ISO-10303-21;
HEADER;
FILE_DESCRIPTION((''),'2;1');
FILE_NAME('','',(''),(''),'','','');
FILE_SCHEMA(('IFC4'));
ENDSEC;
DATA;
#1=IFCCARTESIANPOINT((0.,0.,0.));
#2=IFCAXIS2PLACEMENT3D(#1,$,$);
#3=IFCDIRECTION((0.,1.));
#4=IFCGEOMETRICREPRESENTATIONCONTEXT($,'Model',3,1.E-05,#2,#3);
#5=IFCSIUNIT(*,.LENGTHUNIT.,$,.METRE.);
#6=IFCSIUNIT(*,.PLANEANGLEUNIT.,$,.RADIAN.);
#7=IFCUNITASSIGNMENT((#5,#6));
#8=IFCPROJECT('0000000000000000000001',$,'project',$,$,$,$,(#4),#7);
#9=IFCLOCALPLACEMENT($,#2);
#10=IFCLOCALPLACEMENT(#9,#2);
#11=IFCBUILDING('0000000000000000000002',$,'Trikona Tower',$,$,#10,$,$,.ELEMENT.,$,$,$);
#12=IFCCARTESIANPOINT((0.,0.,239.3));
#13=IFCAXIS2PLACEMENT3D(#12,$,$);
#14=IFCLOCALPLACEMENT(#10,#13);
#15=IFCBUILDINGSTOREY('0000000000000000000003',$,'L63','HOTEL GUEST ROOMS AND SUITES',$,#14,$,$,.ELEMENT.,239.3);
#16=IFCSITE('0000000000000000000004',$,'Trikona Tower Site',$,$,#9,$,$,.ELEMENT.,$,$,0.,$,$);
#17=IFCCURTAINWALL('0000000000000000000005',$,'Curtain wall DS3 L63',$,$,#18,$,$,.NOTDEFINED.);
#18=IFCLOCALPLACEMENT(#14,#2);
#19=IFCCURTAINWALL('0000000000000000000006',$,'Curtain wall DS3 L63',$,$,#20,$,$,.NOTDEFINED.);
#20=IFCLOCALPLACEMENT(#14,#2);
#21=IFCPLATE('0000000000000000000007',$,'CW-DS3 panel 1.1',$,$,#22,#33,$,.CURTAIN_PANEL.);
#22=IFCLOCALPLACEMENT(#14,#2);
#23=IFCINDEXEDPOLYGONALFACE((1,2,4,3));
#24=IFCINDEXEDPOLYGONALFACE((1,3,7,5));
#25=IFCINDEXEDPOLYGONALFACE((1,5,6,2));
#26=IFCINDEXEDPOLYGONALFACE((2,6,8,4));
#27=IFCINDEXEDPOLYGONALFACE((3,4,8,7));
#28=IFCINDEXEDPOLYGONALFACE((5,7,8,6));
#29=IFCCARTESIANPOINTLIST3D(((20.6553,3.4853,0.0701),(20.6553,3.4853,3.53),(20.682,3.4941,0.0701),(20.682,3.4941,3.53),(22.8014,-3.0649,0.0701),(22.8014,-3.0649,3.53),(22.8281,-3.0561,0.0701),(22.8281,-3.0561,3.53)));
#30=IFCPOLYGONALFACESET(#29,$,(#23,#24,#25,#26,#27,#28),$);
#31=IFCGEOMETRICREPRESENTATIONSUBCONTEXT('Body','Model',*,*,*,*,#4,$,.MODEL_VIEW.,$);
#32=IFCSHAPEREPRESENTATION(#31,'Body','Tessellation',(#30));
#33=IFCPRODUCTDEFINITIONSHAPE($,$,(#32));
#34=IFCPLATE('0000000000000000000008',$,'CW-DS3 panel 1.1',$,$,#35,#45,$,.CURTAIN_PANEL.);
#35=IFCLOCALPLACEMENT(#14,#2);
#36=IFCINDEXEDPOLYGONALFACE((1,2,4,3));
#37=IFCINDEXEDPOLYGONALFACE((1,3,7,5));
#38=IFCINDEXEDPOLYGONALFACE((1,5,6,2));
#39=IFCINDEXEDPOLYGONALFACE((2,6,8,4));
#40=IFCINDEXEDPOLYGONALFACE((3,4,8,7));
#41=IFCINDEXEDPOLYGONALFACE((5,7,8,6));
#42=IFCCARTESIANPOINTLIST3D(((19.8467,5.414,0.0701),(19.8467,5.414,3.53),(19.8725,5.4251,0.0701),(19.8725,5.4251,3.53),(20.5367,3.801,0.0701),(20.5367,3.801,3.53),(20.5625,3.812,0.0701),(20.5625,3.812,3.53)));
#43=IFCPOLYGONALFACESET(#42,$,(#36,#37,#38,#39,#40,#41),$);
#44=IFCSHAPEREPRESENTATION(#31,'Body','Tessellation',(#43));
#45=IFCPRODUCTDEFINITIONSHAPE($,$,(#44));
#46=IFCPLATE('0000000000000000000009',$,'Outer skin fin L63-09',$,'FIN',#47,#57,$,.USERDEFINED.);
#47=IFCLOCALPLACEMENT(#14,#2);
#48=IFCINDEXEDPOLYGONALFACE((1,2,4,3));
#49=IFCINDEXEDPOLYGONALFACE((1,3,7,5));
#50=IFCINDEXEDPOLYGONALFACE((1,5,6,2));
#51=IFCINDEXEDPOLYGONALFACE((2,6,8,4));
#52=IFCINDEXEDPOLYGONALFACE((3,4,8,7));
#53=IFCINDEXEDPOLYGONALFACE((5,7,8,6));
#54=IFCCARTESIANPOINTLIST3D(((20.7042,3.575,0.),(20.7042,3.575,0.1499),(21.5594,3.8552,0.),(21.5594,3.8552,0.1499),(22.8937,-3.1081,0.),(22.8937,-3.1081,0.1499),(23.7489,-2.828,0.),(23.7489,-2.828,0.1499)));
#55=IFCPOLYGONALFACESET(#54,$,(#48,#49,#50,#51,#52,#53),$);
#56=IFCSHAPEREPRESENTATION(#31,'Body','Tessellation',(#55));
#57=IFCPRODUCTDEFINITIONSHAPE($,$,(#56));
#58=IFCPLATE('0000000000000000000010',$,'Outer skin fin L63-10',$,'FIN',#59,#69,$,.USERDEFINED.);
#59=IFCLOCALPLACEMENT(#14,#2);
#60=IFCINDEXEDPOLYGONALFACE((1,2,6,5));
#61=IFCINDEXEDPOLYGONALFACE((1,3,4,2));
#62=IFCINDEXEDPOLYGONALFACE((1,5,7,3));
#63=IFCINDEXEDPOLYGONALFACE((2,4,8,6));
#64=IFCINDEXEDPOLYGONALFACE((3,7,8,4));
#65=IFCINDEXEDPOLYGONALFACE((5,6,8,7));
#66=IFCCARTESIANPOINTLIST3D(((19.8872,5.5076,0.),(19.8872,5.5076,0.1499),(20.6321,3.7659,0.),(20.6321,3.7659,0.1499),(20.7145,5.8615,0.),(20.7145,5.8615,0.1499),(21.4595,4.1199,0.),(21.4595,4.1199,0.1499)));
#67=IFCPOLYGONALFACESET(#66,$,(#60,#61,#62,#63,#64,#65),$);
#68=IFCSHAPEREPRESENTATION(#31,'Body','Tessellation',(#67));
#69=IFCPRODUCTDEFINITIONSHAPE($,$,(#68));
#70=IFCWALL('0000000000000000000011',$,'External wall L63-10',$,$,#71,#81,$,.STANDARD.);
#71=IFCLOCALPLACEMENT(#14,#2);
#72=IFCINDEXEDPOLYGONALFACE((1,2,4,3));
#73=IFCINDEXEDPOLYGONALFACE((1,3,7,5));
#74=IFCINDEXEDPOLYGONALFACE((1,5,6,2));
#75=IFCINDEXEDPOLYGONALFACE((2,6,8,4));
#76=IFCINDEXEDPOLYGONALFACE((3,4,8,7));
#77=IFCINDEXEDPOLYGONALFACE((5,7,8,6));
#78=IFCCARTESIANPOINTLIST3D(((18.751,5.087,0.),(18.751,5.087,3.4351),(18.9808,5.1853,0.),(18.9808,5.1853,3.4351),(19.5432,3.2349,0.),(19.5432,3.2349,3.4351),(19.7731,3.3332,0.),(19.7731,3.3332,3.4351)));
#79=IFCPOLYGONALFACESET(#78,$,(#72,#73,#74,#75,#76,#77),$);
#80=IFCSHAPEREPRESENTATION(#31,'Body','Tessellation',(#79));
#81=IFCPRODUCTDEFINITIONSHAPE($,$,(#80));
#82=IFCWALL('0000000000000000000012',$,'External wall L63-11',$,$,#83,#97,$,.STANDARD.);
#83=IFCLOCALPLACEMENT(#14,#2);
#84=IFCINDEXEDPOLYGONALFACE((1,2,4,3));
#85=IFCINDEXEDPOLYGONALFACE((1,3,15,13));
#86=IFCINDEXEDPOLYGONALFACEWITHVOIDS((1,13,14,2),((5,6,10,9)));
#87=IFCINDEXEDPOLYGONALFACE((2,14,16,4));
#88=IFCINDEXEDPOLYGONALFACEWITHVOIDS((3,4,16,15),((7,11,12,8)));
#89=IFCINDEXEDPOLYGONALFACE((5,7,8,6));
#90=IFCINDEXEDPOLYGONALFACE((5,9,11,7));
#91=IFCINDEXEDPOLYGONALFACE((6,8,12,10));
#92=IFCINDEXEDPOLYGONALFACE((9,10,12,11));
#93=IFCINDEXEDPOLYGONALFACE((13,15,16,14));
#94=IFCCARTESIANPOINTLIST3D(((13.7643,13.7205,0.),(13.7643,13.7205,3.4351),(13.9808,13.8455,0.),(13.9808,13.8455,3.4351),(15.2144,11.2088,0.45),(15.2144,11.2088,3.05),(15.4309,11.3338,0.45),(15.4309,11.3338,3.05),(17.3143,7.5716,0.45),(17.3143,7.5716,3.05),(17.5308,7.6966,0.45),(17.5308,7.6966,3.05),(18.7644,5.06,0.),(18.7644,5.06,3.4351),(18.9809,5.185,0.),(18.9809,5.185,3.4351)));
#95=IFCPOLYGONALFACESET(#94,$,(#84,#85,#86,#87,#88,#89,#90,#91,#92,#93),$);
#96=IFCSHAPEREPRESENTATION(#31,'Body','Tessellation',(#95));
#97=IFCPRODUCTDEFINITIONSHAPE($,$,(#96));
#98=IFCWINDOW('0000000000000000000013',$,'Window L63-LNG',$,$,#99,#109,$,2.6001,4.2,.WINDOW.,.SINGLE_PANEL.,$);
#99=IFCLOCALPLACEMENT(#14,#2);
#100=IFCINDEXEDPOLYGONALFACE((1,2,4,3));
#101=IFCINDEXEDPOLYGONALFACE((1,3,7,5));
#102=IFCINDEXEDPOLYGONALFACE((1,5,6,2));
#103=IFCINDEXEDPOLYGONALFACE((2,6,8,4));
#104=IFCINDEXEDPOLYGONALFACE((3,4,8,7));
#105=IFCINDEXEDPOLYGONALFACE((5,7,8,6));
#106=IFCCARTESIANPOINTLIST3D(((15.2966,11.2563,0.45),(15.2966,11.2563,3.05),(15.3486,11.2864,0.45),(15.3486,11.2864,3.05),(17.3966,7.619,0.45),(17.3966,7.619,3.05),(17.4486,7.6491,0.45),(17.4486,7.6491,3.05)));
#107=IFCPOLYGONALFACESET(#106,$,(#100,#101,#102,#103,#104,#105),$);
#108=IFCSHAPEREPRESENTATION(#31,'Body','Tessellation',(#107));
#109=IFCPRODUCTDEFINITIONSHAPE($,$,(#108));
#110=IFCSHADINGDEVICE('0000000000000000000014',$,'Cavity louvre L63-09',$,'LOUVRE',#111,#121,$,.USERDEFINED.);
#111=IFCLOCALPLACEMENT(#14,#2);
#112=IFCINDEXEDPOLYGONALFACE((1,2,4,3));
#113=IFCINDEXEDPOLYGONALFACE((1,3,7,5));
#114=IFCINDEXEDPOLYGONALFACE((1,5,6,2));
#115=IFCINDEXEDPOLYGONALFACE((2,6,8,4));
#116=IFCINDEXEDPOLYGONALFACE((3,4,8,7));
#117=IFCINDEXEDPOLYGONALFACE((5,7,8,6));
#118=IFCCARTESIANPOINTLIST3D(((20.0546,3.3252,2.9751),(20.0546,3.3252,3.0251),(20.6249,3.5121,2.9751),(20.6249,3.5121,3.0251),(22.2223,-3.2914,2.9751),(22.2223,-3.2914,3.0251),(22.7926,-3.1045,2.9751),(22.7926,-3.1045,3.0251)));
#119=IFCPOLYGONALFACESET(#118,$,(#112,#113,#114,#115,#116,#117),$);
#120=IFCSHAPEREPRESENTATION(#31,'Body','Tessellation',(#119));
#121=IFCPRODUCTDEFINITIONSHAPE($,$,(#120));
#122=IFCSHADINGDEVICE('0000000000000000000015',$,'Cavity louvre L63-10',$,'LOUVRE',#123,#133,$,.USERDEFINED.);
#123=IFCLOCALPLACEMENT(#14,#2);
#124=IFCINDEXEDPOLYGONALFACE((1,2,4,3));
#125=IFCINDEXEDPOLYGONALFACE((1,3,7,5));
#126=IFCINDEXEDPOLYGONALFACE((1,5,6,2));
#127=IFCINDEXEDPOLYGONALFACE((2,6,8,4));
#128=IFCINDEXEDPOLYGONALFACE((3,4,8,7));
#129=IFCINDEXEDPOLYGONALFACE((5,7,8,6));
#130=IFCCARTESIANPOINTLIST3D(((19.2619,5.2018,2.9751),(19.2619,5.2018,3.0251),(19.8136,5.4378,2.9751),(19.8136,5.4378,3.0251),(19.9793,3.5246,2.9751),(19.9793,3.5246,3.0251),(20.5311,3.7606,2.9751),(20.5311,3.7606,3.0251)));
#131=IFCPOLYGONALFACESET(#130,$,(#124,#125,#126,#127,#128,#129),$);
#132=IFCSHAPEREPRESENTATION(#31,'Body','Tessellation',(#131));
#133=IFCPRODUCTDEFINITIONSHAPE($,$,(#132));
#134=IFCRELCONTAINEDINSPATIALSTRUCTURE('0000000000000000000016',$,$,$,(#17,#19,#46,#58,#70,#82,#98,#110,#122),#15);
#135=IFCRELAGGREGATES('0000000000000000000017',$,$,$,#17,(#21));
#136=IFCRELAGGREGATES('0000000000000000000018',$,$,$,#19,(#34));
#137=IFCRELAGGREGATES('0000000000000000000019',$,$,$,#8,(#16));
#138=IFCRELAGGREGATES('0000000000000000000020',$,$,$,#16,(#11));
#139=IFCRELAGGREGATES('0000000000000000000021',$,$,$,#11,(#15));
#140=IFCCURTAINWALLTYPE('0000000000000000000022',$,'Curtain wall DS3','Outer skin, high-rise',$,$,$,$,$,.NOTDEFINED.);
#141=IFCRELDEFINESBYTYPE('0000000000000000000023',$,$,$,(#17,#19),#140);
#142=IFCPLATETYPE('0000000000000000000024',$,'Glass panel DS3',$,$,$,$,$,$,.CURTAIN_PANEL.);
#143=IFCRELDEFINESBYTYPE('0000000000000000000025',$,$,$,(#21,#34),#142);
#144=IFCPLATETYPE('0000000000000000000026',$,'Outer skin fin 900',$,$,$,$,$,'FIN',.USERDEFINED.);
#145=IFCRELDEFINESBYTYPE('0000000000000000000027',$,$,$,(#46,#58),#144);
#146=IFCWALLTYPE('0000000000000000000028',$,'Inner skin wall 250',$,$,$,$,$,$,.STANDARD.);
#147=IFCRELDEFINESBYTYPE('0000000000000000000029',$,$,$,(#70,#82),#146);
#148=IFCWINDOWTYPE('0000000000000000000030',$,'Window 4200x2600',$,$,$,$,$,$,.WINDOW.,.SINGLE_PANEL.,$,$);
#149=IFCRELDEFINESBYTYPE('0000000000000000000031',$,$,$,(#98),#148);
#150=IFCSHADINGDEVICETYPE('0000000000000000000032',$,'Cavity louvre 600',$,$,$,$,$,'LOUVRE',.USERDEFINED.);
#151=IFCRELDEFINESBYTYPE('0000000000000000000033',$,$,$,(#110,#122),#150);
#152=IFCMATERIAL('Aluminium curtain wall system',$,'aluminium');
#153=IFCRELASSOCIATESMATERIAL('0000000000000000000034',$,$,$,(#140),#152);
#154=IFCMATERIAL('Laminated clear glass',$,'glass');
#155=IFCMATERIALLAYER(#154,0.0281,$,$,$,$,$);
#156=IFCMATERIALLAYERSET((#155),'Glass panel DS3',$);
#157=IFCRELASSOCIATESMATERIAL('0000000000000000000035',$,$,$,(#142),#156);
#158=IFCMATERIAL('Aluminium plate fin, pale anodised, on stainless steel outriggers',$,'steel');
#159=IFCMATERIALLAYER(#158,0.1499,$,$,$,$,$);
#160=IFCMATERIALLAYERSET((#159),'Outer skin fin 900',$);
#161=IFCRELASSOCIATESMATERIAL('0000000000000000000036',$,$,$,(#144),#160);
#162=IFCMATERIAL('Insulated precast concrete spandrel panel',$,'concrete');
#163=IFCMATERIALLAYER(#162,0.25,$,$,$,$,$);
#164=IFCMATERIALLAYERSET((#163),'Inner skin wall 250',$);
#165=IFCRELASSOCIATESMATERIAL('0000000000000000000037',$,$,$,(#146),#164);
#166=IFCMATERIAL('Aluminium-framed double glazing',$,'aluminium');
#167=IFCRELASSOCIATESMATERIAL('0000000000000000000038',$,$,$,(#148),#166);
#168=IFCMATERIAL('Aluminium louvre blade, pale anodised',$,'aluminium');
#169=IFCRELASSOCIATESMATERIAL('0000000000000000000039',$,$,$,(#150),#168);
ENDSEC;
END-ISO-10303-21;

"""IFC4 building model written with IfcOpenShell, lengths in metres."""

from ifc_helpers import new_model, si_unit, direction, frame, frame_2d, origin, origin_2d, place, context, subcontext, project, spatial, rectangle, extrude, material, layer, layer_set, type_object, element, fill, aggregate, save


model = new_model("IFC4")

# Units and contexts
model_context = context("Model", 3, precision=1e-05, world=origin(), true_north=direction((0.0, 1.0)))
body_context = subcontext(model_context, "Body", "Model", "MODEL_VIEW")
ifc_project = project(units=[si_unit("LENGTHUNIT", "METRE"), si_unit("PLANEANGLEUNIT", "RADIAN")], contexts=[model_context])

# Site, building, storey
site_placement = place(None, origin())
site = spatial("IfcSite", under=ifc_project, at=site_placement, Name="Trikona Tower Site", CompositionType="ELEMENT", RefElevation=0.0)
building_placement = place(site_placement, origin())
building = spatial("IfcBuilding", under=site, at=building_placement, Name="Trikona Tower", CompositionType="ELEMENT")
storey_placement = place(building_placement, frame((0.0, 0.0, 239.3)))
storey = spatial("IfcBuildingStorey", under=building, at=storey_placement, Name="L63", Description="HOTEL GUEST ROOMS AND SUITES", CompositionType="ELEMENT", Elevation=239.3)

# Curtain wall
ifc_material_1 = material(Name="Aluminium curtain wall system", Category="aluminium")
curtain_wall_type = type_object("IfcCurtainWallType", Name="Curtain wall DS3", Description="Outer skin, high-rise", PredefinedType="NOTDEFINED", material=ifc_material_1)
curtain_wall_1_placement = place(storey_placement, origin())
curtain_wall_1 = element("IfcCurtainWall", 1, at=curtain_wall_1_placement, inside=storey, type_object=curtain_wall_type, Name="Curtain wall DS3 L63", PredefinedType="NOTDEFINED")

# Curtain wall
curtain_wall_2_placement = place(storey_placement, origin())
curtain_wall_2 = element("IfcCurtainWall", 2, at=curtain_wall_2_placement, inside=storey, type_object=curtain_wall_type, Name="Curtain wall DS3 L63", PredefinedType="NOTDEFINED")

# Plates
ifc_material_2 = material(Name="Laminated clear glass", Category="glass")
ifc_layer_1 = layer(ifc_material_2, 0.0281)
ifc_layer_set_1 = layer_set([ifc_layer_1], Name="Glass panel DS3")
plate_type_1 = type_object("IfcPlateType", Name="Glass panel DS3", PredefinedType="CURTAIN_PANEL", material=ifc_layer_set_1)
plate_1_placement = place(storey_placement, frame((21.7417, 0.2146, 0.0701), z_axis=(0.0, 0.0, 1.0), x_axis=(-0.311344, 0.950297, 0.0)))
plate_1 = element("IfcPlate", 3, at=plate_1_placement, type_object=plate_type_1, Name="CW-DS3 panel 1.1", PredefinedType="CURTAIN_PANEL", context=body_context, shape_type="SweptSolid", body=[
    extrude(rectangle(XDim=6.8928, YDim=0.0281, at=origin_2d()), origin(), (0.0, 0.0, 1.0), 3.46),
])
aggregate(curtain_wall_1, [plate_1])
plate_2_placement = place(storey_placement, frame((20.2046, 4.613, 0.0701), z_axis=(0.0, 0.0, 1.0), x_axis=(-0.393276, 0.919421, 0.0)))
plate_2 = element("IfcPlate", 4, at=plate_2_placement, type_object=plate_type_1, Name="CW-DS3 panel 1.1", PredefinedType="CURTAIN_PANEL", context=body_context, shape_type="SweptSolid", body=[
    extrude(rectangle(XDim=1.7544, YDim=0.0281, at=origin_2d()), origin(), (0.0, 0.0, 1.0), 3.46),
])
aggregate(curtain_wall_2, [plate_2])

# Plates
ifc_material_3 = material(Name="Aluminium plate fin, pale anodised, on stainless steel outriggers", Category="steel")
ifc_layer_2 = layer(ifc_material_3, 0.1499)
ifc_layer_set_2 = layer_set([ifc_layer_2], Name="Outer skin fin 900")
plate_type_2 = type_object("IfcPlateType", Name="Outer skin fin 900", ElementType="FIN", PredefinedType="USERDEFINED", material=ifc_layer_set_2)
plate_3_placement = place(storey_placement, frame((22.2266, 0.3735, 0.0), z_axis=(0.0, 0.0, 1.0), x_axis=(-0.311337, 0.9503, 0.0)))
element("IfcPlate", 5, at=plate_3_placement, inside=storey, type_object=plate_type_2, Name="Outer skin fin L63-09", ObjectType="FIN", PredefinedType="USERDEFINED", context=body_context, shape_type="SweptSolid", body=[
    extrude(rectangle(XDim=7.0327, YDim=0.8999, at=origin_2d()), origin(), (0.0, 0.0, 1.0), 0.1499),
])
plate_4_placement = place(storey_placement, frame((20.6733, 4.8137, 0.0), z_axis=(0.0, 0.0, 1.0), x_axis=(-0.393284, 0.919417, 0.0)))
element("IfcPlate", 6, at=plate_4_placement, inside=storey, type_object=plate_type_2, Name="Outer skin fin L63-10", ObjectType="FIN", PredefinedType="USERDEFINED", context=body_context, shape_type="SweptSolid", body=[
    extrude(rectangle(XDim=1.8943, YDim=0.8999, at=origin_2d()), origin(), (0.0, 0.0, 1.0), 0.1499),
])

# Wall
ifc_material_4 = material(Name="Insulated precast concrete spandrel panel", Category="concrete")
ifc_layer_3 = layer(ifc_material_4, 0.25)
ifc_layer_set_3 = layer_set([ifc_layer_3], Name="Inner skin wall 250")
wall_type = type_object("IfcWallType", Name="Inner skin wall 250", PredefinedType="STANDARD", material=ifc_layer_set_3)
wall_1_placement = place(storey_placement, frame((19.6582, 3.2839, 0.0), z_axis=(0.0, 0.0, 1.0), x_axis=(-0.39329, 0.919414, 0.0)))
element("IfcWall", 7, at=wall_1_placement, inside=storey, type_object=wall_type, Name="External wall L63-10", PredefinedType="STANDARD", context=body_context, shape_type="SweptSolid", body=[
    extrude(rectangle(XDim=2.0144, YDim=0.25, at=frame_2d((1.0073, 0.0))), origin(), (0.0, 0.0, 1.0), 3.4351),
])

# Wall, opening, window
wall_2_placement = place(storey_placement, frame((18.8726, 5.1226, 0.0), z_axis=(0.0, 0.0, 1.0), x_axis=(-0.499994, 0.866029, 0.0)))
wall_2 = element("IfcWall", 8, at=wall_2_placement, inside=storey, type_object=wall_type, Name="External wall L63-11", PredefinedType="STANDARD", context=body_context, shape_type="SweptSolid", body=[
    extrude(rectangle(XDim=10.0002, YDim=0.25, at=frame_2d((5.0, 0.0))), origin(), (0.0, 0.0, 1.0), 3.4351),
])
opening_placement = place(wall_2_placement, frame((2.8999, 0.0, 0.45)))
opening = element("IfcOpeningElement", 9, at=opening_placement, cuts=wall_2, PredefinedType="OPENING", context=body_context, shape_type="SweptSolid", body=[
    extrude(rectangle(XDim=4.2, YDim=2.6001, at=frame_2d((2.1001, 1.3))), frame((0.0, 0.135, 0.0), z_axis=(0.0, -1.0, 0.0), x_axis=(1.0, 0.0, 0.0)), (0.0, 0.0, 1.0), 0.27),
])
ifc_material_5 = material(Name="Aluminium-framed double glazing", Category="aluminium")
window_type = type_object("IfcWindowType", Name="Window 4200x2600", PartitioningType="SINGLE_PANEL", PredefinedType="WINDOW", material=ifc_material_5)
window_placement = place(opening_placement, origin())
window = element("IfcWindow", 10, at=window_placement, inside=storey, type_object=window_type, Name="Window L63-LNG", OverallHeight=2.6001, OverallWidth=4.2, PartitioningType="SINGLE_PANEL", PredefinedType="WINDOW", context=body_context, shape_type="SweptSolid", body=[
    extrude(rectangle(XDim=4.2, YDim=2.6001, at=frame_2d((2.1001, 1.3))), frame((0.0, 0.03, 0.0), z_axis=(0.0, -1.0, 0.0), x_axis=(1.0, 0.0, 0.0)), (0.0, 0.0, 1.0), 0.0601),
])
fill(opening, window)

# Shading devices
ifc_material_6 = material(Name="Aluminium louvre blade, pale anodised", Category="aluminium")
shading_device_type = type_object("IfcShadingDeviceType", Name="Cavity louvre 600", ElementType="LOUVRE", PredefinedType="USERDEFINED", material=ifc_material_6)
shading_device_1_placement = place(storey_placement, frame((21.4236, 0.1104, 2.9751), z_axis=(0.0, 0.0, 1.0), x_axis=(-0.311337, 0.9503, 0.0)))
element("IfcShadingDevice", 11, at=shading_device_1_placement, inside=storey, type_object=shading_device_type, Name="Cavity louvre L63-09", ObjectType="LOUVRE", PredefinedType="USERDEFINED", context=body_context, shape_type="SweptSolid", body=[
    extrude(rectangle(XDim=6.9626, YDim=0.6001, at=origin_2d()), origin(), (0.0, 0.0, 1.0), 0.05),
])
shading_device_2_placement = place(storey_placement, frame((19.8965, 4.4812, 2.9751), z_axis=(0.0, 0.0, 1.0), x_axis=(-0.393284, 0.919417, 0.0)))
element("IfcShadingDevice", 12, at=shading_device_2_placement, inside=storey, type_object=shading_device_type, Name="Cavity louvre L63-10", ObjectType="LOUVRE", PredefinedType="USERDEFINED", context=body_context, shape_type="SweptSolid", body=[
    extrude(rectangle(XDim=1.8242, YDim=0.6001, at=origin_2d()), origin(), (0.0, 0.0, 1.0), 0.05),
])

save(model, "model.ifc")
